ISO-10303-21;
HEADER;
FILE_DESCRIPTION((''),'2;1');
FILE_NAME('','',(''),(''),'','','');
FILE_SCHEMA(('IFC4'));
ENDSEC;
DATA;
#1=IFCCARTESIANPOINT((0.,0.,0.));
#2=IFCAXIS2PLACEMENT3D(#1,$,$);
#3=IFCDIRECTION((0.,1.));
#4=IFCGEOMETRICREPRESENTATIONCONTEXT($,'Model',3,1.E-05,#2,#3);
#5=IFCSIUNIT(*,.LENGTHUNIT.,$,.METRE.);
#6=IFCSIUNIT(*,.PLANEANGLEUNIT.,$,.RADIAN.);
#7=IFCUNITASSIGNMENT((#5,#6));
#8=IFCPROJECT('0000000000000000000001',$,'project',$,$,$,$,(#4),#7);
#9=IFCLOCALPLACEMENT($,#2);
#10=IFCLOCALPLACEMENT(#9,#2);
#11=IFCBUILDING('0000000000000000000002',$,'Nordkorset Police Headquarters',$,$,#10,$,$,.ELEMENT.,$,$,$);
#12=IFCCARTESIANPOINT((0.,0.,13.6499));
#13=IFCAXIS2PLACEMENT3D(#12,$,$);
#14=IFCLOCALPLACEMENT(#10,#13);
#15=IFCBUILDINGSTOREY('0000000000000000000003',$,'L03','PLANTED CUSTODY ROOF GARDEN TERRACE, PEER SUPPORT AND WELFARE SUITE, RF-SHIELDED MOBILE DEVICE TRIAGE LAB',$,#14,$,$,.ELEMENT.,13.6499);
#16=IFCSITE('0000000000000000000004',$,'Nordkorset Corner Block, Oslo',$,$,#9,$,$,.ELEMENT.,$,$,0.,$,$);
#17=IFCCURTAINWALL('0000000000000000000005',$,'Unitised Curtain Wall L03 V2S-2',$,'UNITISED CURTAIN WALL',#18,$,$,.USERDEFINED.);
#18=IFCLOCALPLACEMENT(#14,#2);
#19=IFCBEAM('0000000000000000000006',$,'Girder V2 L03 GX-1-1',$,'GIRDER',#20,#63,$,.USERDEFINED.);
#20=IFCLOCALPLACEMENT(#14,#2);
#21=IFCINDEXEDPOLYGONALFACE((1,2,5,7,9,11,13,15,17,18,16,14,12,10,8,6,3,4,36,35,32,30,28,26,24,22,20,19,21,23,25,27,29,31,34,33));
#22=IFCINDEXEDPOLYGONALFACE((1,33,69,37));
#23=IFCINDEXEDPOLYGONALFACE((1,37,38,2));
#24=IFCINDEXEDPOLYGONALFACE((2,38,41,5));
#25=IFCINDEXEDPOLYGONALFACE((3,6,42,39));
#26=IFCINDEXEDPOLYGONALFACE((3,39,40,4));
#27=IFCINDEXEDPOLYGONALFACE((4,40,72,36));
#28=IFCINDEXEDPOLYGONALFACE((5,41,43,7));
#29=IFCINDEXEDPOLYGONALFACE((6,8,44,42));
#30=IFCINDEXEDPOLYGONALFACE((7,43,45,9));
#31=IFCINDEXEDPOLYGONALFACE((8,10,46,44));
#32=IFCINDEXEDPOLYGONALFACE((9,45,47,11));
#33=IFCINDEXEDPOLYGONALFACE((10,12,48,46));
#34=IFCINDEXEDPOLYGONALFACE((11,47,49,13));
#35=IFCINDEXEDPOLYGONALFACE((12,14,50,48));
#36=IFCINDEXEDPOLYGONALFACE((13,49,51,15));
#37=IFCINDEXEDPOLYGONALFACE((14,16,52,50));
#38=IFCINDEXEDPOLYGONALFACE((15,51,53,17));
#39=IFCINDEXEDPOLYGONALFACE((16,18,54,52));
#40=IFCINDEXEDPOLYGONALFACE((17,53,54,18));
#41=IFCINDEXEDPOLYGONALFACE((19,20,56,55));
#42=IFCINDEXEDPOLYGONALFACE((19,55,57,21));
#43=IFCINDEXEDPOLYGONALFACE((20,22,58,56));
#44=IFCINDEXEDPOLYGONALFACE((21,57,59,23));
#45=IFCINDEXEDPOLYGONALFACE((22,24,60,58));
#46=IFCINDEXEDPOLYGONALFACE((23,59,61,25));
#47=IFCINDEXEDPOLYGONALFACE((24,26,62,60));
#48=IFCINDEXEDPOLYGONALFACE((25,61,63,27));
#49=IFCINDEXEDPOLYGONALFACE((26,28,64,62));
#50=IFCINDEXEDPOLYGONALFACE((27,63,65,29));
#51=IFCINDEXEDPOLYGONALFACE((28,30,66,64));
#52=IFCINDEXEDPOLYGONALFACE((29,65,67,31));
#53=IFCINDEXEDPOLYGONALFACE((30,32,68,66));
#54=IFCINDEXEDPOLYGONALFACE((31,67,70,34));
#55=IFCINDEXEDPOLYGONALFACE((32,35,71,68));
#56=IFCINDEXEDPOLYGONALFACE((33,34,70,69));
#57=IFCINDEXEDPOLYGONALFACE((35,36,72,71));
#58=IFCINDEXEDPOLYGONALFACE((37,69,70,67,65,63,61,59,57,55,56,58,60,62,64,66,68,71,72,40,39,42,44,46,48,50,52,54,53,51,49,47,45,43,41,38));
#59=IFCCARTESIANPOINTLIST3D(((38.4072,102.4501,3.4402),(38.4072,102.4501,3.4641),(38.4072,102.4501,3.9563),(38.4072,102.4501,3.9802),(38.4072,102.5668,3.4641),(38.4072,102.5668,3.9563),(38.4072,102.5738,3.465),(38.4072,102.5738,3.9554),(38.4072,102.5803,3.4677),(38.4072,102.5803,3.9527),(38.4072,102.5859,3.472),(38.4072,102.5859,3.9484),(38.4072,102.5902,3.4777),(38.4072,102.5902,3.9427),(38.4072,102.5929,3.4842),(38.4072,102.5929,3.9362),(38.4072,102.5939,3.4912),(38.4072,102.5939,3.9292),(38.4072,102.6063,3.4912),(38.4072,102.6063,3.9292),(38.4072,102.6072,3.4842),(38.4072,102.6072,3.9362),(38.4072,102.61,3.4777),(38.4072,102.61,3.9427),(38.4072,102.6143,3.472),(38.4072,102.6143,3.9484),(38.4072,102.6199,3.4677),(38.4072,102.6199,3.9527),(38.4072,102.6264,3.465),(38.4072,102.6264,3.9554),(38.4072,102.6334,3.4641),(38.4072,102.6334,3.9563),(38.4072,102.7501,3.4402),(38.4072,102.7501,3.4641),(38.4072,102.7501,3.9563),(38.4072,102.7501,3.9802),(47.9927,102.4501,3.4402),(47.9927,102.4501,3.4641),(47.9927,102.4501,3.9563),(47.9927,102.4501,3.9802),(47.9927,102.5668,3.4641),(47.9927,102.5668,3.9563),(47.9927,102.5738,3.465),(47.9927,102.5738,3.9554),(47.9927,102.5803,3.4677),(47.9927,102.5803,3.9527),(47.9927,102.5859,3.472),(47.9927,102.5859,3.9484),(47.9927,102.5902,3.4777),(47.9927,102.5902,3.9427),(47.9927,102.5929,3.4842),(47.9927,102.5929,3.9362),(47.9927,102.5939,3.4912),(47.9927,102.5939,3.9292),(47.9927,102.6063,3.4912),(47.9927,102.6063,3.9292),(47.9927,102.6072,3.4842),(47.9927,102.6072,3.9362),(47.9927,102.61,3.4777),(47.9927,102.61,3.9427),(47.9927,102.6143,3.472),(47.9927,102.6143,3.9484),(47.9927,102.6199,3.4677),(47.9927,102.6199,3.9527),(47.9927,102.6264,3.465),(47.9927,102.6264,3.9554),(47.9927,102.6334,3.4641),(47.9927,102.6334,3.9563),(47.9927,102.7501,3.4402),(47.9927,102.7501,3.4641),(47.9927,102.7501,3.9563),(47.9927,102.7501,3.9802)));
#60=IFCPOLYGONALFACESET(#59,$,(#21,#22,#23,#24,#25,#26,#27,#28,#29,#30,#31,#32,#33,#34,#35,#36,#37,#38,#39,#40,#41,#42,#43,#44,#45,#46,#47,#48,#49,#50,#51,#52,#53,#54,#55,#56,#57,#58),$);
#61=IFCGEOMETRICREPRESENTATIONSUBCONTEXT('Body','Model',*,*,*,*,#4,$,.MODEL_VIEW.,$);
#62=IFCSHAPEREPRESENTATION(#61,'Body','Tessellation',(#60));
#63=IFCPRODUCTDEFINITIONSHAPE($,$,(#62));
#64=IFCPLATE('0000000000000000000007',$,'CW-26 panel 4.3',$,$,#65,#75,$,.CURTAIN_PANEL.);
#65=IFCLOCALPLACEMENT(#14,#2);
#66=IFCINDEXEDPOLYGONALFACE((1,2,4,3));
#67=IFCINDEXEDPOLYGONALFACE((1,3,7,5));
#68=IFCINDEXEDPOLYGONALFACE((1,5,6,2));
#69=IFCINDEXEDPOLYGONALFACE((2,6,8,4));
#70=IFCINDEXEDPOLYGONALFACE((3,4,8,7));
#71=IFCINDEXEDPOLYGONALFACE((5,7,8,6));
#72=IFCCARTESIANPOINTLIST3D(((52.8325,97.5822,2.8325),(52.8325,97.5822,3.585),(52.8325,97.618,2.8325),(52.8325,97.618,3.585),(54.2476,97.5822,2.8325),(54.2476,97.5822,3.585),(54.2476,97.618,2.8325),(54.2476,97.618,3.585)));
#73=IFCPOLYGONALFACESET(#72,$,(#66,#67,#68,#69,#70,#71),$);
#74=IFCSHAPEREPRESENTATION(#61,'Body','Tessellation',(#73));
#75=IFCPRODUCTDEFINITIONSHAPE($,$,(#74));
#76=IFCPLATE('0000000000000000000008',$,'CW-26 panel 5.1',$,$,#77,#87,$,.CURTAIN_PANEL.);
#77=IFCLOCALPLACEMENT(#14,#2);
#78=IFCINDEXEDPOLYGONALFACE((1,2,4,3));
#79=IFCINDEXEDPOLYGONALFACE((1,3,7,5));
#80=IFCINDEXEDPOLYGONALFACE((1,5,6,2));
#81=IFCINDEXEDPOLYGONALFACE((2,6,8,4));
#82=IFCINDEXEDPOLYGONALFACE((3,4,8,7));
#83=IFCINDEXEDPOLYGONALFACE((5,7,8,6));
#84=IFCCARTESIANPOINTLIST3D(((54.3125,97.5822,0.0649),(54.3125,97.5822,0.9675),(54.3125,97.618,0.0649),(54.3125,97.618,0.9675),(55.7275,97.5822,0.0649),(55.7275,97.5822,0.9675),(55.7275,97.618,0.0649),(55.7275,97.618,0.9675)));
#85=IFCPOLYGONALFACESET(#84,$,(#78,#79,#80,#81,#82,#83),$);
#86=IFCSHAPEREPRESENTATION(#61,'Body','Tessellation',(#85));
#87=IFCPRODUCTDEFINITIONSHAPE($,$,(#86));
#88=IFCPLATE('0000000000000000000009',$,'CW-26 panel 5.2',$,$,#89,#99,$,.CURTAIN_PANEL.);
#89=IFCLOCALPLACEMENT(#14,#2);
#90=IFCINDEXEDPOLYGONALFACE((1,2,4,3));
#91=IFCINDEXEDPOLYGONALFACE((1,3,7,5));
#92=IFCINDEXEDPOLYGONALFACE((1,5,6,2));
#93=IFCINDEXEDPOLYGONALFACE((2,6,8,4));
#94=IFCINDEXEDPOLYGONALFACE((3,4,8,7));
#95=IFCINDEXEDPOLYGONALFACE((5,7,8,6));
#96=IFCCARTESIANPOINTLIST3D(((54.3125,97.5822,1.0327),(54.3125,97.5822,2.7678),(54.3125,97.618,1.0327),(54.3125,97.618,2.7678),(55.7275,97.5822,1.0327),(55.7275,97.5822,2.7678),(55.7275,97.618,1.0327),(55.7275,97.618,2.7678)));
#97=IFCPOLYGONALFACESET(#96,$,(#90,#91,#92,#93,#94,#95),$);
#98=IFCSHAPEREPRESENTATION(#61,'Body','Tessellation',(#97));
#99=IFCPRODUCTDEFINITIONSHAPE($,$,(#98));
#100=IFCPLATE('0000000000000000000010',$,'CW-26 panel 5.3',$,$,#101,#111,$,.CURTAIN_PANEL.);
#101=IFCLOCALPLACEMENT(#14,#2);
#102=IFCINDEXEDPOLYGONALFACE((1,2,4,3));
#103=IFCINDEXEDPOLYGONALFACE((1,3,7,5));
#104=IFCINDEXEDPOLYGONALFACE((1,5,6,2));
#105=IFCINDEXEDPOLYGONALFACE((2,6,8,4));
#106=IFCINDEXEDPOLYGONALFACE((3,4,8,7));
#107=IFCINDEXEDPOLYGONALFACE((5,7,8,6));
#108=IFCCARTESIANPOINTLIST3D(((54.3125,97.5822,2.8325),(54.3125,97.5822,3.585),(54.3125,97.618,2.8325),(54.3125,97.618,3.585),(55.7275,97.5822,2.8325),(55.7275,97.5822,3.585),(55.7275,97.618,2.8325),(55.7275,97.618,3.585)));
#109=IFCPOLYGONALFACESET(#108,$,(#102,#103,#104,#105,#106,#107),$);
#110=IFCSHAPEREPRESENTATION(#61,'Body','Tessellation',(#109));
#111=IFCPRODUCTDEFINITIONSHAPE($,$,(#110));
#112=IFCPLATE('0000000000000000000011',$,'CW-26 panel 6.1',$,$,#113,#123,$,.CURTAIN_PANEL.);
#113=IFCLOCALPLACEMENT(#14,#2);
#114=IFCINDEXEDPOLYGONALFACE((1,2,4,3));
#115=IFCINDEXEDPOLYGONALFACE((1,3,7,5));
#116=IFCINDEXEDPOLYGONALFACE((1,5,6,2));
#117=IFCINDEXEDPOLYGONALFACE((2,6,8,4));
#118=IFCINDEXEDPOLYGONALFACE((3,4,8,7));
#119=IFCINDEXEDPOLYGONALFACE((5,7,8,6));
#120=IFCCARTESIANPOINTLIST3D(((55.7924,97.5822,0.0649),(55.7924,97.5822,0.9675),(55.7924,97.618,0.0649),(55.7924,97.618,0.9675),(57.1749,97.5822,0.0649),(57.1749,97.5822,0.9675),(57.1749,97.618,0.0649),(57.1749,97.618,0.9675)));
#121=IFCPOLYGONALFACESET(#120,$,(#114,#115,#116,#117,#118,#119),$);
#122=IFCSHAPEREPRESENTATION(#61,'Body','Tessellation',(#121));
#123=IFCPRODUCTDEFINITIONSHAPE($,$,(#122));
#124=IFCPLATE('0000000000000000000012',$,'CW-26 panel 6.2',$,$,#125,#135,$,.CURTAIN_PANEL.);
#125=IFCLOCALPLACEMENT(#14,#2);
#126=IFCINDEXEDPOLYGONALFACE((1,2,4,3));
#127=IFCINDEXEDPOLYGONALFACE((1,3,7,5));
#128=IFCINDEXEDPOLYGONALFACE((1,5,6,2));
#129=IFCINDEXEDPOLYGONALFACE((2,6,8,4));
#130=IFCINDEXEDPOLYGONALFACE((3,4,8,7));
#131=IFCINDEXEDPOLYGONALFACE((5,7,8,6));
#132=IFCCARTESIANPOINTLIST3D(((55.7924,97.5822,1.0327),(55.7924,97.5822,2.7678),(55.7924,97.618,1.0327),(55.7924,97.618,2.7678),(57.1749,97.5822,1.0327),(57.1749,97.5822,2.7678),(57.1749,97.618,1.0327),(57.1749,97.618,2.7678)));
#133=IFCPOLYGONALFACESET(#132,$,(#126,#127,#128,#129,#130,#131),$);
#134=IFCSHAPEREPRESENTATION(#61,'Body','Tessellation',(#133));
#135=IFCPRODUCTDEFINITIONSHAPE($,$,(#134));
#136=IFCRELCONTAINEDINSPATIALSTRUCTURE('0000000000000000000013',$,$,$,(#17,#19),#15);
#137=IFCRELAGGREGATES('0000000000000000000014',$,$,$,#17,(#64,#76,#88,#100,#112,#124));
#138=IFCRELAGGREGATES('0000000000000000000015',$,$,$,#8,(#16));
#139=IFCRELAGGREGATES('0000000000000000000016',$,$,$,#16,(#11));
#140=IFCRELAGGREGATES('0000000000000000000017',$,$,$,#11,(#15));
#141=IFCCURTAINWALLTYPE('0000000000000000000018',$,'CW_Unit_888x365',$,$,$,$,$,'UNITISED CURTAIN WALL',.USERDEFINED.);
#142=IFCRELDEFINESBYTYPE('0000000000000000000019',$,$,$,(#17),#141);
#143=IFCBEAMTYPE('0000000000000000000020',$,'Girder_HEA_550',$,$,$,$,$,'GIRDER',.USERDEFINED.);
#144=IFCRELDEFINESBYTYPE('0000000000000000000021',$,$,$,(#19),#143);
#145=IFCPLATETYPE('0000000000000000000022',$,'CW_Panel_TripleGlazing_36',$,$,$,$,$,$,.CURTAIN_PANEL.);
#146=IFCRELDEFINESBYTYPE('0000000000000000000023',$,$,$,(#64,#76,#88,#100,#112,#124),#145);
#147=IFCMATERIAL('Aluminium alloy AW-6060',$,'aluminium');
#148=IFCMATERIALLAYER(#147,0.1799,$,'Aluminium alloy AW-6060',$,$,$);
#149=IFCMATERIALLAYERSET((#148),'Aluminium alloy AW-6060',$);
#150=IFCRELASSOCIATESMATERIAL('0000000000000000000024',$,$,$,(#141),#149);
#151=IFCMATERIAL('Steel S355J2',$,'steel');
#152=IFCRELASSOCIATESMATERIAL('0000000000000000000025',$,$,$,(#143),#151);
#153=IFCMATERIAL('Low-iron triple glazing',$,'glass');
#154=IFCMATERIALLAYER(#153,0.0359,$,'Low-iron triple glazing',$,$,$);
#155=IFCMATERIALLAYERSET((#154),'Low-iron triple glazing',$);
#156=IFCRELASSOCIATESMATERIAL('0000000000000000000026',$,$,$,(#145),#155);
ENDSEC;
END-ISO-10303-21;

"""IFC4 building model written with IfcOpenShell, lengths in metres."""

from ifc_helpers import new_model, si_unit, direction, frame, origin, origin_2d, place, context, subcontext, project, spatial, rectangle, i_section, extrude, material, layer, layer_set, material_profile, profile_set, type_object, element, aggregate, save


model = new_model("IFC4")

# Units and contexts
model_context = context("Model", 3, precision=1e-05, world=origin(), true_north=direction((0.0, 1.0)))
body_context = subcontext(model_context, "Body", "Model", "MODEL_VIEW")
ifc_project = project(units=[si_unit("LENGTHUNIT", "METRE"), si_unit("PLANEANGLEUNIT", "RADIAN")], contexts=[model_context])

# Site, building, storey
site_placement = place(None, origin())
site = spatial("IfcSite", under=ifc_project, at=site_placement, Name="Nordkorset Corner Block, Oslo", CompositionType="ELEMENT", RefElevation=0.0)
building_placement = place(site_placement, origin())
building = spatial("IfcBuilding", under=site, at=building_placement, Name="Nordkorset Police Headquarters", CompositionType="ELEMENT")
storey_placement = place(building_placement, frame((0.0, 0.0, 13.6499)))
storey = spatial("IfcBuildingStorey", under=building, at=storey_placement, Name="L03", Description="PLANTED CUSTODY ROOF GARDEN TERRACE, PEER SUPPORT AND WELFARE SUITE, RF-SHIELDED MOBILE DEVICE TRIAGE LAB", CompositionType="ELEMENT", Elevation=13.6499)

# Curtain wall
ifc_material_1 = material(Name="Aluminium alloy AW-6060", Category="aluminium")
ifc_layer_1 = layer(ifc_material_1, 0.1799, Name="Aluminium alloy AW-6060")
ifc_layer_set_1 = layer_set([ifc_layer_1], Name="Aluminium alloy AW-6060")
curtain_wall_type = type_object("IfcCurtainWallType", Name="CW_Unit_888x365", ElementType="UNITISED CURTAIN WALL", PredefinedType="USERDEFINED", material=ifc_layer_set_1)
curtain_wall_placement = place(storey_placement, origin())
curtain_wall = element("IfcCurtainWall", 1, at=curtain_wall_placement, inside=storey, type_object=curtain_wall_type, Name="Unitised Curtain Wall L03 V2S-2", ObjectType="UNITISED CURTAIN WALL", PredefinedType="USERDEFINED")

# Beam
ifc_material_2 = material(Name="Steel S355J2", Category="steel")
ifc_material_profile_1 = material_profile(ifc_material_2, i_section(OverallWidth=0.3, OverallDepth=0.54, WebThickness=0.0125, FlangeThickness=0.0239, FilletRadius=0.0271, at=origin_2d()), Name="HEA 550")
ifc_profile_set_1 = profile_set([ifc_material_profile_1], Name="Steel S355J2")
beam_type_1 = type_object("IfcBeamType", Name="Girder_HEA_550", ElementType="GIRDER", PredefinedType="USERDEFINED", material=ifc_profile_set_1)
beam_placement = place(storey_placement, frame((38.4072, 102.6001, 3.7102), z_axis=(1.0, 0.0, 0.0), x_axis=(0.0, 1.0, 0.0)))
element("IfcBeam", 2, at=beam_placement, inside=storey, type_object=beam_type_1, Name="Girder V2 L03 GX-1-1", ObjectType="GIRDER", PredefinedType="USERDEFINED", context=body_context, shape_type="SweptSolid", body=[
    extrude(i_section(OverallWidth=0.3, OverallDepth=0.54, WebThickness=0.0125, FlangeThickness=0.0239, FilletRadius=0.0271, at=origin_2d()), origin(), (0.0, 0.0, 1.0), 9.5854),
])

# Plates
ifc_material_3 = material(Name="Low-iron triple glazing", Category="glass")
ifc_layer_2 = layer(ifc_material_3, 0.0359, Name="Low-iron triple glazing")
ifc_layer_set_2 = layer_set([ifc_layer_2], Name="Low-iron triple glazing")
plate_type = type_object("IfcPlateType", Name="CW_Panel_TripleGlazing_36", PredefinedType="CURTAIN_PANEL", material=ifc_layer_set_2)
plate_1_placement = place(storey_placement, frame((53.54, 97.6001, 2.8325), z_axis=(0.0, 0.0, 1.0), x_axis=(1.0, 0.0, 0.0)))
plate_1 = element("IfcPlate", 3, at=plate_1_placement, type_object=plate_type, Name="CW-26 panel 4.3", PredefinedType="CURTAIN_PANEL", context=body_context, shape_type="SweptSolid", body=[
    extrude(rectangle(XDim=1.415, YDim=0.0359, at=origin_2d()), origin(), (0.0, 0.0, 1.0), 0.7524),
])
plate_2_placement = place(storey_placement, frame((55.02, 97.6001, 0.0649), z_axis=(0.0, 0.0, 1.0), x_axis=(1.0, 0.0, 0.0)))
plate_2 = element("IfcPlate", 4, at=plate_2_placement, type_object=plate_type, Name="CW-26 panel 5.1", PredefinedType="CURTAIN_PANEL", context=body_context, shape_type="SweptSolid", body=[
    extrude(rectangle(XDim=1.415, YDim=0.0359, at=origin_2d()), origin(), (0.0, 0.0, 1.0), 0.9026),
])
plate_3_placement = place(storey_placement, frame((55.02, 97.6001, 1.0327), z_axis=(0.0, 0.0, 1.0), x_axis=(1.0, 0.0, 0.0)))
plate_3 = element("IfcPlate", 5, at=plate_3_placement, type_object=plate_type, Name="CW-26 panel 5.2", PredefinedType="CURTAIN_PANEL", context=body_context, shape_type="SweptSolid", body=[
    extrude(rectangle(XDim=1.415, YDim=0.0359, at=origin_2d()), origin(), (0.0, 0.0, 1.0), 1.7351),
])
plate_4_placement = place(storey_placement, frame((55.02, 97.6001, 2.8325), z_axis=(0.0, 0.0, 1.0), x_axis=(1.0, 0.0, 0.0)))
plate_4 = element("IfcPlate", 6, at=plate_4_placement, type_object=plate_type, Name="CW-26 panel 5.3", PredefinedType="CURTAIN_PANEL", context=body_context, shape_type="SweptSolid", body=[
    extrude(rectangle(XDim=1.415, YDim=0.0359, at=origin_2d()), origin(), (0.0, 0.0, 1.0), 0.7524),
])
plate_5_placement = place(storey_placement, frame((56.4836, 97.6001, 0.0649), z_axis=(0.0, 0.0, 1.0), x_axis=(1.0, 0.0, 0.0)))
plate_5 = element("IfcPlate", 7, at=plate_5_placement, type_object=plate_type, Name="CW-26 panel 6.1", PredefinedType="CURTAIN_PANEL", context=body_context, shape_type="SweptSolid", body=[
    extrude(rectangle(XDim=1.3826, YDim=0.0359, at=origin_2d()), origin(), (0.0, 0.0, 1.0), 0.9026),
])
plate_6_placement = place(storey_placement, frame((56.4836, 97.6001, 1.0327), z_axis=(0.0, 0.0, 1.0), x_axis=(1.0, 0.0, 0.0)))
plate_6 = element("IfcPlate", 8, at=plate_6_placement, type_object=plate_type, Name="CW-26 panel 6.2", PredefinedType="CURTAIN_PANEL", context=body_context, shape_type="SweptSolid", body=[
    extrude(rectangle(XDim=1.3826, YDim=0.0359, at=origin_2d()), origin(), (0.0, 0.0, 1.0), 1.7351),
])
aggregate(curtain_wall, [plate_1, plate_2, plate_3, plate_4, plate_5, plate_6])

save(model, "model.ifc")
